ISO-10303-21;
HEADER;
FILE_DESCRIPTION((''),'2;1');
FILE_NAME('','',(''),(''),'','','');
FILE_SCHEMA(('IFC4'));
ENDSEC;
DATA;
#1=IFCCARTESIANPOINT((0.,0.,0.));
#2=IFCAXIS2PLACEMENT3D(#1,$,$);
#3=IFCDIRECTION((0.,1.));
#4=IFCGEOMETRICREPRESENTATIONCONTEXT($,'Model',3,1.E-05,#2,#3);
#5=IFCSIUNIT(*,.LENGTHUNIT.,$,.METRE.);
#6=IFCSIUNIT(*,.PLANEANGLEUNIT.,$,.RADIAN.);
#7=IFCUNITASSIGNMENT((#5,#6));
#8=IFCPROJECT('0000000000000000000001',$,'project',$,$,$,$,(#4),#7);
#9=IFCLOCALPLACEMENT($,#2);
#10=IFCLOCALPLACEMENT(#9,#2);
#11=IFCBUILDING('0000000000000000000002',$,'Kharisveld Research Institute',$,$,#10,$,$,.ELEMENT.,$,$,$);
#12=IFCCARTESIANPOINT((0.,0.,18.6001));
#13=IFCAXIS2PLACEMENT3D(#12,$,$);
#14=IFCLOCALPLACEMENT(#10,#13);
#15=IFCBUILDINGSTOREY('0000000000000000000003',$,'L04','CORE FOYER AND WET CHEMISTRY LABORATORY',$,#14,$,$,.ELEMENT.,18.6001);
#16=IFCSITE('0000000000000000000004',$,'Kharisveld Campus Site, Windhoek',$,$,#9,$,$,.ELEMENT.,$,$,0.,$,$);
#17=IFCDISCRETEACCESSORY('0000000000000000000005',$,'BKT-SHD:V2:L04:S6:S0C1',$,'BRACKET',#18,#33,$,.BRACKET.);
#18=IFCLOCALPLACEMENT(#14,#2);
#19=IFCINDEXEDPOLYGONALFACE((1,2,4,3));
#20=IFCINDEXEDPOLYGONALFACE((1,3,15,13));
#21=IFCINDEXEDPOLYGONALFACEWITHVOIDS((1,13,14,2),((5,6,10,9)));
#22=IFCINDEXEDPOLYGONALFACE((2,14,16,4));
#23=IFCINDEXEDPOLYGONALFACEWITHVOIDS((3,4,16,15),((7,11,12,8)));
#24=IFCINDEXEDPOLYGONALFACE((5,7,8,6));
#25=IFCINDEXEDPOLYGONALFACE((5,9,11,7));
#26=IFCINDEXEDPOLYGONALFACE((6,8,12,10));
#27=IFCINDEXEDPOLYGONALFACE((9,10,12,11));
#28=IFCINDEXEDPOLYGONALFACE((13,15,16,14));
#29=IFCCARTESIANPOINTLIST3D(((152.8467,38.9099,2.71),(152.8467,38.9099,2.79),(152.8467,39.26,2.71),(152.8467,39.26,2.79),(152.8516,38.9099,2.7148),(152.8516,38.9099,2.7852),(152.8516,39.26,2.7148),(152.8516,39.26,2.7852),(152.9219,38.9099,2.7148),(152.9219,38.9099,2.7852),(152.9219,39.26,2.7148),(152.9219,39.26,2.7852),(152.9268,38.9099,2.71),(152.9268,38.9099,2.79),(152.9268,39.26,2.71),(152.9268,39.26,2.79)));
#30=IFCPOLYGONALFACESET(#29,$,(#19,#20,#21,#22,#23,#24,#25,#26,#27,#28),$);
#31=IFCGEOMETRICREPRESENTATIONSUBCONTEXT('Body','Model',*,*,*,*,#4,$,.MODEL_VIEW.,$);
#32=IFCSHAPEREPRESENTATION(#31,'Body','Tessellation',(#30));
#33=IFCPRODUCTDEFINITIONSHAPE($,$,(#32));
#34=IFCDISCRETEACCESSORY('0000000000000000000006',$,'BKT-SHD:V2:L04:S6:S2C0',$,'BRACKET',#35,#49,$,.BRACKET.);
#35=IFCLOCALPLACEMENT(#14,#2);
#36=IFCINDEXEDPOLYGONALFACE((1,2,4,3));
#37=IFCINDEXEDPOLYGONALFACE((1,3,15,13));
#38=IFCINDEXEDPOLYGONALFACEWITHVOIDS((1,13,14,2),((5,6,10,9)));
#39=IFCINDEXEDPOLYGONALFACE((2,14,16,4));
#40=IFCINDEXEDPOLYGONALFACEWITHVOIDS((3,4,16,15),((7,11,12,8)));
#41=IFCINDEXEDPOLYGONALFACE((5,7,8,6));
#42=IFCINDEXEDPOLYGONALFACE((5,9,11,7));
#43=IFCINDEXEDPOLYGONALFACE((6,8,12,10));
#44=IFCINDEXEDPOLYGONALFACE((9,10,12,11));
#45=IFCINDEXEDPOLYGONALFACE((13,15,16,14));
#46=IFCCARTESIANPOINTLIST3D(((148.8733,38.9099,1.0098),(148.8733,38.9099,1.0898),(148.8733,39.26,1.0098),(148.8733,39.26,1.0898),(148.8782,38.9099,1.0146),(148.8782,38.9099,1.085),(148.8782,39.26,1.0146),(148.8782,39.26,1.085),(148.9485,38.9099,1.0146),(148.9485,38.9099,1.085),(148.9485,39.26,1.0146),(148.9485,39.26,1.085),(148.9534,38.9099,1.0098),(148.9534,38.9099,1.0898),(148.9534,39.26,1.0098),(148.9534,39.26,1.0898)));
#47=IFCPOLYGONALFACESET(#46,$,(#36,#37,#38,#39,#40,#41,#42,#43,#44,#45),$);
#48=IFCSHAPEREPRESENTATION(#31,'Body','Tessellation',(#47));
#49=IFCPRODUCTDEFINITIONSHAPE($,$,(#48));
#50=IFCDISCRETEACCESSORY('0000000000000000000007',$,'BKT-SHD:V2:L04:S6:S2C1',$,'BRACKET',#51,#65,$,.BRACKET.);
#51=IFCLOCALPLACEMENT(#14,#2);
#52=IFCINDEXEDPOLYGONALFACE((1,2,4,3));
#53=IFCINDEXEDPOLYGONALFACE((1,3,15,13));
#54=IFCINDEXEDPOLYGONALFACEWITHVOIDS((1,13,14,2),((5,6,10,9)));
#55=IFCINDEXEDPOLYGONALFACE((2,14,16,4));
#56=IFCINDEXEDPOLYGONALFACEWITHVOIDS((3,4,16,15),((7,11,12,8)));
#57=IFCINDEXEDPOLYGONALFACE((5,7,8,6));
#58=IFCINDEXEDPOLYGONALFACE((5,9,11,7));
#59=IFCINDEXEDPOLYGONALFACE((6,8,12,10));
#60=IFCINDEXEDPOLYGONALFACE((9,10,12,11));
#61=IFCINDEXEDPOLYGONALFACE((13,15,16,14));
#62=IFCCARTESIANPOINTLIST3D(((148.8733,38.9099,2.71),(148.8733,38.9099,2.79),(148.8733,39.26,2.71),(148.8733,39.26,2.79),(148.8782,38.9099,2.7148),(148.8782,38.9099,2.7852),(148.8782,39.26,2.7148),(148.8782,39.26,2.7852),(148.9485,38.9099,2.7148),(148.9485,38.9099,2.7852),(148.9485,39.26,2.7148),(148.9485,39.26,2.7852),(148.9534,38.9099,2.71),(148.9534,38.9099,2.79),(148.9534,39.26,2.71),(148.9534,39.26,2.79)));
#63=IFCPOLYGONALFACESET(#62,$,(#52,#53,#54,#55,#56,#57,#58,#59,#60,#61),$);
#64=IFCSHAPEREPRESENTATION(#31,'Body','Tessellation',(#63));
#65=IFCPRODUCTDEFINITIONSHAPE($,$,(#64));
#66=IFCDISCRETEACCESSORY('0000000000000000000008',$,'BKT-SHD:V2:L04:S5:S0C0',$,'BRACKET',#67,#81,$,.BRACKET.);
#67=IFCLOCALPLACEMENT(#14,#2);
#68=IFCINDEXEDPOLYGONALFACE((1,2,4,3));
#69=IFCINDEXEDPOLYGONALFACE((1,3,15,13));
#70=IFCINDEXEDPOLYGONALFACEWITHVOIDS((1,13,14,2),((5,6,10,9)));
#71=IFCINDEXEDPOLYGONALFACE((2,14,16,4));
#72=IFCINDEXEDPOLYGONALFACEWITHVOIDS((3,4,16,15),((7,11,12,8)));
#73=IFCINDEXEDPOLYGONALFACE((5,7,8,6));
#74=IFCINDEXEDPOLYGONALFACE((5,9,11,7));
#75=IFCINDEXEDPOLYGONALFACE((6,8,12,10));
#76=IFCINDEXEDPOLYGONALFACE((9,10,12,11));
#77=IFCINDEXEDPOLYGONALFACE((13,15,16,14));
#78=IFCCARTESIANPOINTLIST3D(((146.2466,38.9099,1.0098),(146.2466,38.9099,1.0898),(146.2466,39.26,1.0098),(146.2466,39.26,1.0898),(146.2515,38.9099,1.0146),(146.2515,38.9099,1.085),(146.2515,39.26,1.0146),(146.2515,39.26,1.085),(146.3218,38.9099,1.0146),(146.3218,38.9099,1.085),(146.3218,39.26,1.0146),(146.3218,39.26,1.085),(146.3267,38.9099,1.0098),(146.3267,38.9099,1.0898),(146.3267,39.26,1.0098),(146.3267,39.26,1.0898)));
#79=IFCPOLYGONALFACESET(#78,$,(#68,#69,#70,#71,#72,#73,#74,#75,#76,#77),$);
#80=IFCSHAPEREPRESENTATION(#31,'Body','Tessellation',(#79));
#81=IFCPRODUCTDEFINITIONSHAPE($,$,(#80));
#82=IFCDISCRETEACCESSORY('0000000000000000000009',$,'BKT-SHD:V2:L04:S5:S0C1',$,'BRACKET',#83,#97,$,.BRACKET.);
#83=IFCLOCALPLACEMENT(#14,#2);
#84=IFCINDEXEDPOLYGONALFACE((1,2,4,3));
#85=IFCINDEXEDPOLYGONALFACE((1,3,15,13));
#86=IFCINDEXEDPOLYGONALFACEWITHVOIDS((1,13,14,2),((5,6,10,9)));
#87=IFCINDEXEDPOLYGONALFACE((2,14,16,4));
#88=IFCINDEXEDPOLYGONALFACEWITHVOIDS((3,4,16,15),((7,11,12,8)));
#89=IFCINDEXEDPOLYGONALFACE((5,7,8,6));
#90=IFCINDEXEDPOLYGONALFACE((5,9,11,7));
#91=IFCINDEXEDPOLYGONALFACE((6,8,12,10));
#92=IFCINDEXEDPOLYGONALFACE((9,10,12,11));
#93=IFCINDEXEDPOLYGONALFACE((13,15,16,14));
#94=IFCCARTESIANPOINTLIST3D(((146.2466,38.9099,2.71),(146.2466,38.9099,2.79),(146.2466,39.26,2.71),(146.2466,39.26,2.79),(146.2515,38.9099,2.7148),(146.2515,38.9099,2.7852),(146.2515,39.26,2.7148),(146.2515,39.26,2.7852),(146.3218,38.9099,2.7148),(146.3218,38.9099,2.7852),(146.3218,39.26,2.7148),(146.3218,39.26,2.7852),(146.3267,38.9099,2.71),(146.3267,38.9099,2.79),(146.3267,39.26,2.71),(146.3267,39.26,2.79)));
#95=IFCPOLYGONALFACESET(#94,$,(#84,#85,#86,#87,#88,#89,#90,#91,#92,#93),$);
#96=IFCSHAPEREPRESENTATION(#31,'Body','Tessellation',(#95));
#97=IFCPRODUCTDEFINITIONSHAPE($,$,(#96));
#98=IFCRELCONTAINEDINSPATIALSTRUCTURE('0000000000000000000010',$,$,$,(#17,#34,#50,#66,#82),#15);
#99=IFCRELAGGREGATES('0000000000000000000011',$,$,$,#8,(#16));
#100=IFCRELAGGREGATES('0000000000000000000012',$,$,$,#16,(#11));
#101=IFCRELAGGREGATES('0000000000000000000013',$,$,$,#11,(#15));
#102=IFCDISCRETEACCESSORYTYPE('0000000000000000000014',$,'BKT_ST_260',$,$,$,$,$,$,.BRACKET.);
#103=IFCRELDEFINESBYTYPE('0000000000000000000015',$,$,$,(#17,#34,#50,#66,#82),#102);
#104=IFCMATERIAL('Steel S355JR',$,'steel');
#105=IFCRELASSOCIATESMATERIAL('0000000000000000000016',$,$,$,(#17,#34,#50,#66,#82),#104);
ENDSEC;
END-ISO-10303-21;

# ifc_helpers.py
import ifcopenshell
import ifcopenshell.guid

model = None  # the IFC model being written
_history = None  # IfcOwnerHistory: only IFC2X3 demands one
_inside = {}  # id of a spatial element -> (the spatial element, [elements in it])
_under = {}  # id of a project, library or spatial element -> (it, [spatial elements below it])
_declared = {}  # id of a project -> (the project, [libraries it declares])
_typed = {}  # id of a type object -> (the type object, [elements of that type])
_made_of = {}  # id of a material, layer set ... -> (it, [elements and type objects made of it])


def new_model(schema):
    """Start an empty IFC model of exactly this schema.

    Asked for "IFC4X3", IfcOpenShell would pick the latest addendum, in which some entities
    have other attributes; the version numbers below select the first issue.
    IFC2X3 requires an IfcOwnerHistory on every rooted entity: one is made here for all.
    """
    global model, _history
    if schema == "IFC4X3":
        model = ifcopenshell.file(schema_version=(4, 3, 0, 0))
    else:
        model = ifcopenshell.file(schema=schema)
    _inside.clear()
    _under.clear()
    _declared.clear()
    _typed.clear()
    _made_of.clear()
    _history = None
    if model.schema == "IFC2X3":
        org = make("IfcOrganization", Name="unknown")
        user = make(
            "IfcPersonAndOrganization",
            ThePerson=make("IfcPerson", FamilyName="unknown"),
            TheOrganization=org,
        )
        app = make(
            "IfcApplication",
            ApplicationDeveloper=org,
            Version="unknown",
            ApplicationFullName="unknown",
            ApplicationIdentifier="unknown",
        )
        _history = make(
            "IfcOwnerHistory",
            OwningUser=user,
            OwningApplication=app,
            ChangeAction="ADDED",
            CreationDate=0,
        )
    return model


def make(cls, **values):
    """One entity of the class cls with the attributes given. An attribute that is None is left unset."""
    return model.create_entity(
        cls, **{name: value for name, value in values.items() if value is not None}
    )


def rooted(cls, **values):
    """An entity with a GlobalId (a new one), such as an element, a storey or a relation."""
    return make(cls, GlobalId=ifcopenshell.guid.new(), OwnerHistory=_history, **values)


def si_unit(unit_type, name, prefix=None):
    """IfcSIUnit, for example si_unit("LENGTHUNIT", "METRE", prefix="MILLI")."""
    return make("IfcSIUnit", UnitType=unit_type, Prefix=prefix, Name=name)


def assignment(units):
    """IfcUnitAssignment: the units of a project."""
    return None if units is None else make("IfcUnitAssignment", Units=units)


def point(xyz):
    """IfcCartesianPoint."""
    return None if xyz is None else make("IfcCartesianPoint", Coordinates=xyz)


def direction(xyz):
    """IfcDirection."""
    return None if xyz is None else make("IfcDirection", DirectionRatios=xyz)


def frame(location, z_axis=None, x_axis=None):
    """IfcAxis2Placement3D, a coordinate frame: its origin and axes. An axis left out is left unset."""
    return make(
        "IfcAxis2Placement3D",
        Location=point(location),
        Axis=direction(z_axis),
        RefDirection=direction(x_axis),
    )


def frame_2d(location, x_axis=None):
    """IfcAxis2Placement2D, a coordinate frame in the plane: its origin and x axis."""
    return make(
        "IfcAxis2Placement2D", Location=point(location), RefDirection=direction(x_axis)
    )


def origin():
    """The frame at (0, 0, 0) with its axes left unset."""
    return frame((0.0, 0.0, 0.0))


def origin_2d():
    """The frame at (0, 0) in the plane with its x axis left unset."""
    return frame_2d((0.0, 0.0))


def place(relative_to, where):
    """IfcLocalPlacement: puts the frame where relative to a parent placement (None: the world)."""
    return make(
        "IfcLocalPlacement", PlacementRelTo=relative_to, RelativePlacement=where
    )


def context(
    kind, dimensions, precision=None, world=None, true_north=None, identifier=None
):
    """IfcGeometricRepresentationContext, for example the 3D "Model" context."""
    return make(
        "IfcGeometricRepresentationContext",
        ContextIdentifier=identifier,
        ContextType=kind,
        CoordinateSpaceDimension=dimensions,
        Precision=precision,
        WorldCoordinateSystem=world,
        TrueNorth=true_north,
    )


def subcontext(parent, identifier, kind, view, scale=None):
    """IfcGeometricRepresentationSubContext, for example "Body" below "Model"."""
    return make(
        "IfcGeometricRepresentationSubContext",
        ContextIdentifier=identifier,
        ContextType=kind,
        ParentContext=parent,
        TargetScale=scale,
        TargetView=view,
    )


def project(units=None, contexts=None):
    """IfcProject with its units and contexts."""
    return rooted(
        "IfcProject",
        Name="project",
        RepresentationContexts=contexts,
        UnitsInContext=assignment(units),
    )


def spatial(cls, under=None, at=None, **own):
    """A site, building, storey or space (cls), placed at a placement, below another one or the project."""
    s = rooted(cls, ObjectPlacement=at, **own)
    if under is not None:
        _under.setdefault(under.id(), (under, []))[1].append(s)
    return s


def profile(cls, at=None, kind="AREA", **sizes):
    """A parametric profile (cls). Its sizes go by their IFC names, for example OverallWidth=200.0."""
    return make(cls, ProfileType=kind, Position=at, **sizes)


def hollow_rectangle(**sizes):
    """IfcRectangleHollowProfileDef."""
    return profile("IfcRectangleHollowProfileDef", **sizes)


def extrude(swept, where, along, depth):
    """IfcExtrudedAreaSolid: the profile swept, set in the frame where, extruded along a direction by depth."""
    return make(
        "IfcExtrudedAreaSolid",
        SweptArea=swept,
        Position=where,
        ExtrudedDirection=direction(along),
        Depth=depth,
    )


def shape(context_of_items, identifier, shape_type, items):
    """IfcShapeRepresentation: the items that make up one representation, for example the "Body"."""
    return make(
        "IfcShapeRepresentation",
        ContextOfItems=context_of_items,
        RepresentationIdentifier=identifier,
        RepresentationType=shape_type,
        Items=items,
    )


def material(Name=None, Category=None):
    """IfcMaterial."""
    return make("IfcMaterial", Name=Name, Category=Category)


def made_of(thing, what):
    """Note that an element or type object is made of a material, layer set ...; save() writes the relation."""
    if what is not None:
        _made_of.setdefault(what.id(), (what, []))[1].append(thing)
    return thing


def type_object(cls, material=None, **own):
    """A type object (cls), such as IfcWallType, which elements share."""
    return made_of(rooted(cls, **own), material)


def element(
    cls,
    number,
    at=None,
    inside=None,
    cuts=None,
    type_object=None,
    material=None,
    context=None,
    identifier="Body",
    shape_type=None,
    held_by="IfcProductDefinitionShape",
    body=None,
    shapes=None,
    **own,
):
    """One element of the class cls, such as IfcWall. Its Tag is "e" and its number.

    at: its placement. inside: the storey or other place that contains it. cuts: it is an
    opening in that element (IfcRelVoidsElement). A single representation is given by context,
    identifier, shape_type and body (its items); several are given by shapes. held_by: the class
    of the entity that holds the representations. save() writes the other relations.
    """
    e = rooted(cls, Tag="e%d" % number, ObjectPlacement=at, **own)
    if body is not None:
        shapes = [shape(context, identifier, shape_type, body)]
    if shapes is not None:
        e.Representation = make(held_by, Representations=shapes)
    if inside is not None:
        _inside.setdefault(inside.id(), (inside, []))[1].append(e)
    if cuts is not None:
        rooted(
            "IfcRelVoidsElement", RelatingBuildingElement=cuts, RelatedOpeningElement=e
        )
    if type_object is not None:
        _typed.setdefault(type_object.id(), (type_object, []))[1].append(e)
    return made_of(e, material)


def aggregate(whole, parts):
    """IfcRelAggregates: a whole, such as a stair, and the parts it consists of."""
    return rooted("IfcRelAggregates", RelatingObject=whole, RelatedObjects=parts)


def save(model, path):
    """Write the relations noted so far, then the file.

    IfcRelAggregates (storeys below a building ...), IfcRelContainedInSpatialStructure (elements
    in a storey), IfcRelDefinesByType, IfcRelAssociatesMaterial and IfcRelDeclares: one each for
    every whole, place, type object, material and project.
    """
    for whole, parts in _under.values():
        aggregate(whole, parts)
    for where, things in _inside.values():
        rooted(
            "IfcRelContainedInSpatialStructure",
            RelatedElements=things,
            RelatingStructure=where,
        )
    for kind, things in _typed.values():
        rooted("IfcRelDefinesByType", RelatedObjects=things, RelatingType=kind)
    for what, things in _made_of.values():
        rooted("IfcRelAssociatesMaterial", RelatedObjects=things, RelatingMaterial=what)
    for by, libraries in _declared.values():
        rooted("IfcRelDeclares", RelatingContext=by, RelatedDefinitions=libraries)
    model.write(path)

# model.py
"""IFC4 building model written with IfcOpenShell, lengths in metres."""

from ifc_helpers import new_model, si_unit, direction, frame, origin, origin_2d, place, context, subcontext, project, spatial, hollow_rectangle, extrude, material, type_object, element, save


model = new_model("IFC4")

# Units and contexts
model_context = context("Model", 3, precision=1e-05, world=origin(), true_north=direction((0.0, 1.0)))
body_context = subcontext(model_context, "Body", "Model", "MODEL_VIEW")
ifc_project = project(units=[si_unit("LENGTHUNIT", "METRE"), si_unit("PLANEANGLEUNIT", "RADIAN")], contexts=[model_context])

# Site, building, storey
site_placement = place(None, origin())
site = spatial("IfcSite", under=ifc_project, at=site_placement, Name="Kharisveld Campus Site, Windhoek", CompositionType="ELEMENT", RefElevation=0.0)
building_placement = place(site_placement, origin())
building = spatial("IfcBuilding", under=site, at=building_placement, Name="Kharisveld Research Institute", CompositionType="ELEMENT")
storey_placement = place(building_placement, frame((0.0, 0.0, 18.6001)))
storey = spatial("IfcBuildingStorey", under=building, at=storey_placement, Name="L04", Description="CORE FOYER AND WET CHEMISTRY LABORATORY", CompositionType="ELEMENT", Elevation=18.6001)

# Discrete accessories
ifc_material_1 = material(Name="Steel S355JR", Category="steel")
discrete_accessory_type = type_object("IfcDiscreteAccessoryType", Name="BKT_ST_260", PredefinedType="BRACKET")
for number, where, z_axis, x_axis, name in (
    (1, (152.8867, 39.26, 2.75), (0.0, -1.0, 0.0), (1.0, 0.0, 0.0), "BKT-SHD:V2:L04:S6:S0C1"),
    (2, (148.9133, 39.26, 1.0498), (0.0, -1.0, 0.0), (1.0, 0.0, 0.0), "BKT-SHD:V2:L04:S6:S2C0"),
    (3, (148.9133, 39.26, 2.75), (0.0, -1.0, 0.0), (1.0, 0.0, 0.0), "BKT-SHD:V2:L04:S6:S2C1"),
    (4, (146.2866, 39.26, 1.0498), (0.0, -1.0, 0.0), (1.0, 0.0, 0.0), "BKT-SHD:V2:L04:S5:S0C0"),
    (5, (146.2866, 39.26, 2.75), (0.0, -1.0, 0.0), (1.0, 0.0, 0.0), "BKT-SHD:V2:L04:S5:S0C1"),
):
    element("IfcDiscreteAccessory", number, at=place(storey_placement, frame(where, z_axis=z_axis, x_axis=x_axis)), inside=storey, type_object=discrete_accessory_type, material=ifc_material_1, Name=name, ObjectType="BRACKET", PredefinedType="BRACKET", context=body_context, shape_type="SweptSolid", body=[
        extrude(hollow_rectangle(XDim=0.0801, YDim=0.0801, WallThickness=0.0049, at=origin_2d()), origin(), (0.0, 0.0, 1.0), 0.3501),
    ])

save(model, "model.ifc")
